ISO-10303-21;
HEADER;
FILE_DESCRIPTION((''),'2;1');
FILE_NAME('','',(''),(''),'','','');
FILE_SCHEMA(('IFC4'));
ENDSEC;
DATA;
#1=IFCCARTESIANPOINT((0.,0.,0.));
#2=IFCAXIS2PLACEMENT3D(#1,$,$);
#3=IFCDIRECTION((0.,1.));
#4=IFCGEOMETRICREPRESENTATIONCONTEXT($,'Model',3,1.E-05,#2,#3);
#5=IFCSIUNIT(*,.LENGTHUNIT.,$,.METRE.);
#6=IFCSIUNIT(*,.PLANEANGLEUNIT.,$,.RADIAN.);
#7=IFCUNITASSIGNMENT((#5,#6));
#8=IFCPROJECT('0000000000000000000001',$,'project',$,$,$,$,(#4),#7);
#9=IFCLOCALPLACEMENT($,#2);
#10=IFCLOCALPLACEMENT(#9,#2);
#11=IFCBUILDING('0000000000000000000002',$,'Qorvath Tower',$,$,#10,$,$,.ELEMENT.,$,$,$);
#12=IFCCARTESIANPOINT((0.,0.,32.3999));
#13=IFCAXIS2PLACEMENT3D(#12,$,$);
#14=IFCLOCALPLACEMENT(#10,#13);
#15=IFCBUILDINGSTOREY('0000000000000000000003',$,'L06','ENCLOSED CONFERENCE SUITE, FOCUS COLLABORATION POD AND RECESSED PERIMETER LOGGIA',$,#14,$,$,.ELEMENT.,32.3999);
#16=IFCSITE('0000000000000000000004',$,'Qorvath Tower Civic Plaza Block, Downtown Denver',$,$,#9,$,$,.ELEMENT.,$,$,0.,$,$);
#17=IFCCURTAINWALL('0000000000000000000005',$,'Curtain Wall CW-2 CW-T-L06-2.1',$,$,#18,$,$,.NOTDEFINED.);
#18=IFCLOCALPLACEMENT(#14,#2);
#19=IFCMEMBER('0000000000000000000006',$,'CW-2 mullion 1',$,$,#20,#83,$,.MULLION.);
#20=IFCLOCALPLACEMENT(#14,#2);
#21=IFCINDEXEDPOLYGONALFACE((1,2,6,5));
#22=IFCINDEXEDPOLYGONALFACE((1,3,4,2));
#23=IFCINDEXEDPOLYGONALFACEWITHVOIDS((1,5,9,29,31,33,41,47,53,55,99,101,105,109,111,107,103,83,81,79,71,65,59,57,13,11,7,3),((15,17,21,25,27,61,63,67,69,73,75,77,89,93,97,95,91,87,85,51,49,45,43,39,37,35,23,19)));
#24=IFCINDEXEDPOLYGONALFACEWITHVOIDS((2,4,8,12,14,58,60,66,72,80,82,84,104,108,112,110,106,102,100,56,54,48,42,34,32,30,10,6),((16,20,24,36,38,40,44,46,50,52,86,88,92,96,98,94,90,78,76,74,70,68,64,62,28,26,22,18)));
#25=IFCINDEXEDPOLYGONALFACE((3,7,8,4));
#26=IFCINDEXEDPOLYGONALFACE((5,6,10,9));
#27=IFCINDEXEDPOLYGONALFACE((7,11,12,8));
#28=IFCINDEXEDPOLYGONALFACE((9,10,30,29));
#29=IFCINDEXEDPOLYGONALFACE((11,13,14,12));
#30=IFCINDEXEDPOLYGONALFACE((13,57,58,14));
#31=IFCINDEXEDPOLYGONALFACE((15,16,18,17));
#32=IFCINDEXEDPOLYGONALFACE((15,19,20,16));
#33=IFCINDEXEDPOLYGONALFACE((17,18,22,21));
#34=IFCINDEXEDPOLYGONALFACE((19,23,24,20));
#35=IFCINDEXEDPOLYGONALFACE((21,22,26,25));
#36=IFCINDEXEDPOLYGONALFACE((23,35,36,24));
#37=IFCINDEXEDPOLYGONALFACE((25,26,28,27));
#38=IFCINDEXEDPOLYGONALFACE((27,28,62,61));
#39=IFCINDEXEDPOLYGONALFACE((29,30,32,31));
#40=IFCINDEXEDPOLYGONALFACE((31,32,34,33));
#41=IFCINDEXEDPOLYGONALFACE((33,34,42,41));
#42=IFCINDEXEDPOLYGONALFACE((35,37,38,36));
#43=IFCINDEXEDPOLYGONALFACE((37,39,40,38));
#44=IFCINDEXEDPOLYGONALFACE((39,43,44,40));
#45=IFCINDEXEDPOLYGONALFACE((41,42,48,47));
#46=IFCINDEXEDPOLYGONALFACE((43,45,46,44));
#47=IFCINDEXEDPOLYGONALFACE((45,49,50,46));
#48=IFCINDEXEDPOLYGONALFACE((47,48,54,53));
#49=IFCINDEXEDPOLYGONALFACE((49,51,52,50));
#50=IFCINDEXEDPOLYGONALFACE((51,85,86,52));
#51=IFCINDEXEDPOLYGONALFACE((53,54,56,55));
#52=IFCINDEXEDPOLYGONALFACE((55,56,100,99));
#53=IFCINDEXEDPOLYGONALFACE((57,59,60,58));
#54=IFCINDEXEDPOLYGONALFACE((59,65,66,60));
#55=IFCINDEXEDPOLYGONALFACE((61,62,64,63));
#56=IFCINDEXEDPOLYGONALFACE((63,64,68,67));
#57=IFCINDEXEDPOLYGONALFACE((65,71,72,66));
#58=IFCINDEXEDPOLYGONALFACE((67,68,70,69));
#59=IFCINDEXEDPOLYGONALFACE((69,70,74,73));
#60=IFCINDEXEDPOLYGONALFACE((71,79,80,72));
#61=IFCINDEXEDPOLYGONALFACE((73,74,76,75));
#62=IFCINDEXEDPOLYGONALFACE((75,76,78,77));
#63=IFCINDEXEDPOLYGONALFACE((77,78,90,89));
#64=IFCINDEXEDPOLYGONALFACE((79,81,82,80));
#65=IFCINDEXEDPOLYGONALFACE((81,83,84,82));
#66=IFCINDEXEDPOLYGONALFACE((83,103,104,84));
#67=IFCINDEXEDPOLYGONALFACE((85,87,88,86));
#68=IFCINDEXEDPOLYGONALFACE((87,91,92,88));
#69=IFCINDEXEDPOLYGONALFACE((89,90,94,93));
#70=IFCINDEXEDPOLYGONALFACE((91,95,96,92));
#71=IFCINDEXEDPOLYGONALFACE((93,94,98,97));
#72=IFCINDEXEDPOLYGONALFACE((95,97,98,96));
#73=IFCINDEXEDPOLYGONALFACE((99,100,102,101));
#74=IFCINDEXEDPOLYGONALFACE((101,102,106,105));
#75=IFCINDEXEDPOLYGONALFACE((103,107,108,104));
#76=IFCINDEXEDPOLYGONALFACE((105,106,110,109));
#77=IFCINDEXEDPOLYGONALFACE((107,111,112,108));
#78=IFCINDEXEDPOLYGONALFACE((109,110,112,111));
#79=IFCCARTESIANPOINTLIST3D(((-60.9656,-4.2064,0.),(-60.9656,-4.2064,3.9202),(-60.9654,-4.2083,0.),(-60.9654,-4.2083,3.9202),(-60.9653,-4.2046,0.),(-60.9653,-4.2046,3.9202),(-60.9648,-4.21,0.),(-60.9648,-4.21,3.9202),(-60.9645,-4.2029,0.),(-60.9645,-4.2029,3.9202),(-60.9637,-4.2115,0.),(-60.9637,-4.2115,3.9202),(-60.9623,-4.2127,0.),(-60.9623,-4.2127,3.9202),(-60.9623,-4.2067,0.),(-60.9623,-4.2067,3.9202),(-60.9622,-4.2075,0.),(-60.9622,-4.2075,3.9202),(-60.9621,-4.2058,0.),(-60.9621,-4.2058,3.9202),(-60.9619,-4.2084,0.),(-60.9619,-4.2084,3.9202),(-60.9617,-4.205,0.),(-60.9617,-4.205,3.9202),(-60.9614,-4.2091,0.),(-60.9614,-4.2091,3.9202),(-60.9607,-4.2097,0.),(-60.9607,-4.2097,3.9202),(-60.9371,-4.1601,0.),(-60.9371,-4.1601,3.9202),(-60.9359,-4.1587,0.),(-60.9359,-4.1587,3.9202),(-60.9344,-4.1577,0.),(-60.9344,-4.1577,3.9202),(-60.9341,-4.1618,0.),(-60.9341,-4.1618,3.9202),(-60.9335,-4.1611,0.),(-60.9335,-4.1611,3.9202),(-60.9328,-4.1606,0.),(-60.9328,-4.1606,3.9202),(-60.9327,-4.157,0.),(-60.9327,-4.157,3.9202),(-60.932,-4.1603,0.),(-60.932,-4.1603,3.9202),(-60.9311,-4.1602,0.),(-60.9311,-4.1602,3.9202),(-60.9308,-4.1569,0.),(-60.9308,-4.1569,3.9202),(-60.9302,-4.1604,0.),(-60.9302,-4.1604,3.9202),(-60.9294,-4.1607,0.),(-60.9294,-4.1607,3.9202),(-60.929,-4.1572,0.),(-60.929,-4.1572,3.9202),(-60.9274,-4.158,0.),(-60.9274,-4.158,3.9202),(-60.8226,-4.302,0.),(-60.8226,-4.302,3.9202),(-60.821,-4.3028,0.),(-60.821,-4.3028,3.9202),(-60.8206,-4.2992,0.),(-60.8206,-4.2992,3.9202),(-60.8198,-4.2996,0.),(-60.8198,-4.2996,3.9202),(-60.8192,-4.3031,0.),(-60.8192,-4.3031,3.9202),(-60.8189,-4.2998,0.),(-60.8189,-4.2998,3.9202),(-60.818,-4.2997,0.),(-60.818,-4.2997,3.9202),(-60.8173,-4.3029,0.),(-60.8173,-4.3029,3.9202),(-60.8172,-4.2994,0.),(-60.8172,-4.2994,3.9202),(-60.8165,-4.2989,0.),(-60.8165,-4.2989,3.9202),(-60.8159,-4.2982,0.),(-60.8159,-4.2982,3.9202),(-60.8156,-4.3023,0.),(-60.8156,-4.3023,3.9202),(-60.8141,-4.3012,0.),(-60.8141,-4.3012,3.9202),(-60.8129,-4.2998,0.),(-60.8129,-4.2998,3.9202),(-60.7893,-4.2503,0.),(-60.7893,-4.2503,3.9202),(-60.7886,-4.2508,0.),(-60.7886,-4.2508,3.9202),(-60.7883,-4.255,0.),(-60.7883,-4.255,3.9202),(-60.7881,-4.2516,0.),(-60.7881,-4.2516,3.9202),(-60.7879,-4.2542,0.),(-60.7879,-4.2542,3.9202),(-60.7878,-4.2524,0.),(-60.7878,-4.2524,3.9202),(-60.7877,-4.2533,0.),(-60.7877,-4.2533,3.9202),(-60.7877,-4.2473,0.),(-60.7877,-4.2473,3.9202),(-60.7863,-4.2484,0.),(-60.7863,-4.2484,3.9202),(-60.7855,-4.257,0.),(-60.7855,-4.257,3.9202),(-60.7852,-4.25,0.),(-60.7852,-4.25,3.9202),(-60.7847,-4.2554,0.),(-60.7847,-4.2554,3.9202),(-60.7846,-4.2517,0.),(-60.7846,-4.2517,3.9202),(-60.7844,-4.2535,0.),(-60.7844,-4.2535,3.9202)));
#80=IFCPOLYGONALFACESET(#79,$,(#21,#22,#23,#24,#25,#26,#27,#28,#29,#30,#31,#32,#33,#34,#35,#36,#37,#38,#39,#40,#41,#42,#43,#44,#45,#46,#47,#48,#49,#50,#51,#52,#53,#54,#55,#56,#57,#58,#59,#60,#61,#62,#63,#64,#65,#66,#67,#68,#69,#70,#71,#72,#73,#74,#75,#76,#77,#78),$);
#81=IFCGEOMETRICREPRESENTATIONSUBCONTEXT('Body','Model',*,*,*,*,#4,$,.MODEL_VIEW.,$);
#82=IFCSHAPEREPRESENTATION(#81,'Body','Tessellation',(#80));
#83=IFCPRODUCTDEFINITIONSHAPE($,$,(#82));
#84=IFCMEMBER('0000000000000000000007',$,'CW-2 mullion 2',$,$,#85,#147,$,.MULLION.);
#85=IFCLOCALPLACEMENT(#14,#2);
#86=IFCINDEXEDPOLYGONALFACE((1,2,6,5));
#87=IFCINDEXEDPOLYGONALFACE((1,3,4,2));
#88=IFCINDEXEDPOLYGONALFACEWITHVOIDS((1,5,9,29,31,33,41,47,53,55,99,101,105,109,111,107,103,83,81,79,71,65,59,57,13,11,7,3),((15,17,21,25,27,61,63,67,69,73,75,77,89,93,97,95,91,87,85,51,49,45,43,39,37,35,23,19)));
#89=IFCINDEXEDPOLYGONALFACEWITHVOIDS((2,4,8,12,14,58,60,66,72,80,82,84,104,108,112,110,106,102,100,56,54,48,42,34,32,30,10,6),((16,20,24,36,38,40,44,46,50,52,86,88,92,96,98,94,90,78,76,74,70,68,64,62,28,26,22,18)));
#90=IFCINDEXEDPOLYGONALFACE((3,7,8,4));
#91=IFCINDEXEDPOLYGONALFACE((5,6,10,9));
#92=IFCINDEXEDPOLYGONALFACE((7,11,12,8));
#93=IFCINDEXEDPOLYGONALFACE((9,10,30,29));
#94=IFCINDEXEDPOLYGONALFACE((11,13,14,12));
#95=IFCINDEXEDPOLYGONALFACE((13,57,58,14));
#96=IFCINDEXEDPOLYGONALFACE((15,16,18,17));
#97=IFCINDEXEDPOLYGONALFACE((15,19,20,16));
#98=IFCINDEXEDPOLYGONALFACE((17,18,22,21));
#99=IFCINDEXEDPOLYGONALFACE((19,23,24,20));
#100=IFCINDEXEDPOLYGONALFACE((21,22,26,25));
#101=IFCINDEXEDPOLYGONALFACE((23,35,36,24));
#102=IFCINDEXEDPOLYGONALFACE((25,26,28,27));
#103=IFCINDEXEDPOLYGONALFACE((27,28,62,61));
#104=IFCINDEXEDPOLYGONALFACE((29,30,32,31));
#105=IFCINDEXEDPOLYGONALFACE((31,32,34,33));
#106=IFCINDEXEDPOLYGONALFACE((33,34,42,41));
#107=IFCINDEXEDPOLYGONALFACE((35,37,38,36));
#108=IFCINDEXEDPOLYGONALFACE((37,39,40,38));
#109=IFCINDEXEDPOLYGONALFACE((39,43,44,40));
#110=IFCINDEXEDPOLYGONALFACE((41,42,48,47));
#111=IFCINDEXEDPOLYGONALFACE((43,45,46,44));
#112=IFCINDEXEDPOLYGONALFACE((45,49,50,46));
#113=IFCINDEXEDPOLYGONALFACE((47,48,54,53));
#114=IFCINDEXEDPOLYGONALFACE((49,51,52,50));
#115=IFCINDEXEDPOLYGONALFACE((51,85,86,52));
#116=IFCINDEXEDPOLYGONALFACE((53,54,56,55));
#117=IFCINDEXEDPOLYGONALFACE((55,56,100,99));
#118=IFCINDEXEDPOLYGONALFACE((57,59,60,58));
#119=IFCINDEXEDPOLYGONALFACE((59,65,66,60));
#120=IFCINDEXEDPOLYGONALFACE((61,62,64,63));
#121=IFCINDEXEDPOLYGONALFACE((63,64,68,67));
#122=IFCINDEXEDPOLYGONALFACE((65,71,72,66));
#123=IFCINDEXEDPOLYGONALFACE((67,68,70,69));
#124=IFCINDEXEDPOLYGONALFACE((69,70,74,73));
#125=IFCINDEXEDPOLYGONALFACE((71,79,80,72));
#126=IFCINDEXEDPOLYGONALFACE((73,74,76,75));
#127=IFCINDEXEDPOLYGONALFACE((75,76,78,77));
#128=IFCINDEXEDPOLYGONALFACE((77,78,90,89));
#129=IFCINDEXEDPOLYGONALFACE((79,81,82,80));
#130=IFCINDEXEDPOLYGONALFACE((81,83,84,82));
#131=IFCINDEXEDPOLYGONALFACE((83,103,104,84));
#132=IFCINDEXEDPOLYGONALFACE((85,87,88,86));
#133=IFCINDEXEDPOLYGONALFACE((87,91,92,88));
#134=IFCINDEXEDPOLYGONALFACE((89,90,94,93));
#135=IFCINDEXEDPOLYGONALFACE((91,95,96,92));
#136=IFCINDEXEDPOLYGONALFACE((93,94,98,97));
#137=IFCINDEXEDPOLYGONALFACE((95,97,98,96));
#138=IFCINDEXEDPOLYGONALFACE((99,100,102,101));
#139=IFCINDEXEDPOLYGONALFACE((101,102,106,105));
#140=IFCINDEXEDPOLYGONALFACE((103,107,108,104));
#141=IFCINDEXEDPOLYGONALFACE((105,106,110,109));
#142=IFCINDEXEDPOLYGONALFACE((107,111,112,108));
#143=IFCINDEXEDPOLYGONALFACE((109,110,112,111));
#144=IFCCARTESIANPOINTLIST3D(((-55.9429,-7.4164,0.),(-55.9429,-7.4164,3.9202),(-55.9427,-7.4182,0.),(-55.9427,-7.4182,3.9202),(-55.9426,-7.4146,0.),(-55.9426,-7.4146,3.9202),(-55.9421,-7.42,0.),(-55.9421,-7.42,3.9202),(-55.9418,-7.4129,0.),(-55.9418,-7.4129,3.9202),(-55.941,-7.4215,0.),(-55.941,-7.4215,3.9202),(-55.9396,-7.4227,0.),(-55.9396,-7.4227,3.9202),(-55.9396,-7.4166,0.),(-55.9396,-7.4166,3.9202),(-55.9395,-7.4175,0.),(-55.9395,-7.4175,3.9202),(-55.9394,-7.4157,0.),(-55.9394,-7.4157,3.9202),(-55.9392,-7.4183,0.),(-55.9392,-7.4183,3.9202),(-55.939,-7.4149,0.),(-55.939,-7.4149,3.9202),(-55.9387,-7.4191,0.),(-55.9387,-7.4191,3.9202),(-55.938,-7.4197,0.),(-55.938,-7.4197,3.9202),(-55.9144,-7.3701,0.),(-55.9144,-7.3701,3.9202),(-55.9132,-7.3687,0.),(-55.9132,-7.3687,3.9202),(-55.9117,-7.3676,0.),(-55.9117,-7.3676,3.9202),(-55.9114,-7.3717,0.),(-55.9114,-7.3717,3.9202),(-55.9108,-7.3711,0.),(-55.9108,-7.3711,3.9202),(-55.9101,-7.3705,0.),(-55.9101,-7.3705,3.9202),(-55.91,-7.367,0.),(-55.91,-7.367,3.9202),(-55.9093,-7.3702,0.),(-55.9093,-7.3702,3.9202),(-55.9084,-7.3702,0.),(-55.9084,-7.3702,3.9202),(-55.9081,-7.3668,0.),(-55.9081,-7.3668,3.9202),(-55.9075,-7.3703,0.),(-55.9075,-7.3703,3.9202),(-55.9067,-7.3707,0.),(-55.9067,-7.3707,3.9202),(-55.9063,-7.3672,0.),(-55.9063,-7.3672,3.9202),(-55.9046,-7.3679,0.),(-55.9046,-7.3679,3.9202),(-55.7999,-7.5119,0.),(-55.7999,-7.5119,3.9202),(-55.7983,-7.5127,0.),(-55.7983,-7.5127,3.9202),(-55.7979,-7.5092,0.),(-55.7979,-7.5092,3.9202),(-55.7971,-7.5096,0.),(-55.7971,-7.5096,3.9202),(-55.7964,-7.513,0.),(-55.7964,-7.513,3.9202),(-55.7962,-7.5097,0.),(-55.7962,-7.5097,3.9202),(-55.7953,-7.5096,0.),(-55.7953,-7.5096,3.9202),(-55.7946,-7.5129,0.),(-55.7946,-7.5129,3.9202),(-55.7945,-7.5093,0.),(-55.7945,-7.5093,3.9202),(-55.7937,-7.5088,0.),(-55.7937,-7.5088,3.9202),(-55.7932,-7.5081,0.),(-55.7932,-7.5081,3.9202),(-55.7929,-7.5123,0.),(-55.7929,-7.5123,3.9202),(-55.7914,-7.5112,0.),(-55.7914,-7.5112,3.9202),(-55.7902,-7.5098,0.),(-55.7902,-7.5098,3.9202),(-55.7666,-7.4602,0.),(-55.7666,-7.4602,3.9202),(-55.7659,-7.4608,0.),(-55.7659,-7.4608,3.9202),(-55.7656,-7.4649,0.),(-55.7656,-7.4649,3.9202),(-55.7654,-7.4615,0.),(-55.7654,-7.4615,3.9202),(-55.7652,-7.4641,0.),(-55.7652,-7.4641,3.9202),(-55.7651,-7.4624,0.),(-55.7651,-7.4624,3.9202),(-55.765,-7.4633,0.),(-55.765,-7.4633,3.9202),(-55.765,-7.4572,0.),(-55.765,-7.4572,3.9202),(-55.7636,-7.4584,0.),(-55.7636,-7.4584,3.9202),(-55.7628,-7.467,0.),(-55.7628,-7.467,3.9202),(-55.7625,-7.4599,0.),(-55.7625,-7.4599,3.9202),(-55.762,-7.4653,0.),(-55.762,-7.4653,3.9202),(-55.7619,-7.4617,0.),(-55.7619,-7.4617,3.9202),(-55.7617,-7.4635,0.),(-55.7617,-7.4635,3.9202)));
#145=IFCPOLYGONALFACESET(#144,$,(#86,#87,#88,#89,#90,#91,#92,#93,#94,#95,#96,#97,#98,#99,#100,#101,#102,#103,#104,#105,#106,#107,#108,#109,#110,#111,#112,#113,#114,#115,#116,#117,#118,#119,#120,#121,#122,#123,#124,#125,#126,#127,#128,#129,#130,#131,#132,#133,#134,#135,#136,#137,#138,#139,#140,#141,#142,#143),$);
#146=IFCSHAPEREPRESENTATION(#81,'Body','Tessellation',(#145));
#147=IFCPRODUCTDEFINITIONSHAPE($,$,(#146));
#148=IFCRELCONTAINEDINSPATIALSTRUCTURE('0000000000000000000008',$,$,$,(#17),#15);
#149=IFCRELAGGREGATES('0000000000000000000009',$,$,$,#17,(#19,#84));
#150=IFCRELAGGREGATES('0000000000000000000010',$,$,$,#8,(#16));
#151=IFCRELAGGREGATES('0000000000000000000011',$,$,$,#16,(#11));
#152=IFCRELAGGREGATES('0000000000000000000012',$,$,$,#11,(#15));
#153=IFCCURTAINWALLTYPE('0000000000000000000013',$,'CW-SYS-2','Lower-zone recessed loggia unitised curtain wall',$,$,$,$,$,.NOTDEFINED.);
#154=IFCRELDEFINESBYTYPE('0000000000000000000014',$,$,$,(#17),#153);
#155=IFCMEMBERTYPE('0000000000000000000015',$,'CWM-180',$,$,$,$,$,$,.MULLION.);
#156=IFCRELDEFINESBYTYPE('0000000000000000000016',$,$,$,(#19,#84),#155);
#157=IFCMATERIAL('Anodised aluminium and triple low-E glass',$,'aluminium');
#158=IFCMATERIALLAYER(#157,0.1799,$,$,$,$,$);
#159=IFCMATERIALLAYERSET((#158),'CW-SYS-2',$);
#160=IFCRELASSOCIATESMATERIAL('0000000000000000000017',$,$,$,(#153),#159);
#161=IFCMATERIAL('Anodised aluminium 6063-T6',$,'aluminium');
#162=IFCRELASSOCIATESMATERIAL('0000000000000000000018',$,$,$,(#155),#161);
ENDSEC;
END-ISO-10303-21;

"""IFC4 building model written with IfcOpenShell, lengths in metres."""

from ifc_helpers import new_model, si_unit, direction, frame, origin, origin_2d, place, context, subcontext, project, spatial, hollow_rectangle, extrude, material, layer, layer_set, material_profile, profile_set, type_object, element, aggregate, save


model = new_model("IFC4")

# Units and contexts
model_context = context("Model", 3, precision=1e-05, world=origin(), true_north=direction((0.0, 1.0)))
body_context = subcontext(model_context, "Body", "Model", "MODEL_VIEW")
ifc_project = project(units=[si_unit("LENGTHUNIT", "METRE"), si_unit("PLANEANGLEUNIT", "RADIAN")], contexts=[model_context])

# Site, building, storey
site_placement = place(None, origin())
site = spatial("IfcSite", under=ifc_project, at=site_placement, Name="Qorvath Tower Civic Plaza Block, Downtown Denver", CompositionType="ELEMENT", RefElevation=0.0)
building_placement = place(site_placement, origin())
building = spatial("IfcBuilding", under=site, at=building_placement, Name="Qorvath Tower", CompositionType="ELEMENT")
storey_placement = place(building_placement, frame((0.0, 0.0, 32.3999)))
storey = spatial("IfcBuildingStorey", under=building, at=storey_placement, Name="L06", Description="ENCLOSED CONFERENCE SUITE, FOCUS COLLABORATION POD AND RECESSED PERIMETER LOGGIA", CompositionType="ELEMENT", Elevation=32.3999)

# Curtain wall, members
ifc_material_1 = material(Name="Anodised aluminium and triple low-E glass", Category="aluminium")
ifc_layer_1 = layer(ifc_material_1, 0.1799)
ifc_layer_set_1 = layer_set([ifc_layer_1], Name="CW-SYS-2")
curtain_wall_type = type_object("IfcCurtainWallType", Name="CW-SYS-2", Description="Lower-zone recessed loggia unitised curtain wall", PredefinedType="NOTDEFINED", material=ifc_layer_set_1)
curtain_wall_placement = place(storey_placement, origin())
curtain_wall = element("IfcCurtainWall", 1, at=curtain_wall_placement, inside=storey, type_object=curtain_wall_type, Name="Curtain Wall CW-2 CW-T-L06-2.1", PredefinedType="NOTDEFINED")
ifc_material_2 = material(Name="Anodised aluminium 6063-T6", Category="aluminium")
ifc_material_profile_1 = material_profile(ifc_material_2, hollow_rectangle(XDim=0.0649, YDim=0.1799, WallThickness=0.0034, InnerFilletRadius=0.0034, OuterFilletRadius=0.0071, at=origin_2d()), Name="CWM 180x65")
ifc_profile_set_1 = profile_set([ifc_material_profile_1], Name="Anodised aluminium 6063-T6")
member_type_1 = type_object("IfcMemberType", Name="CWM-180", PredefinedType="MULLION", material=ifc_profile_set_1)
member_1_placement = place(storey_placement, frame((-60.875, -4.23, 0.0), z_axis=(0.0, 0.0, 1.0), x_axis=(0.538529, 0.842607, 0.0)))
member_1 = element("IfcMember", 2, at=member_1_placement, type_object=member_type_1, Name="CW-2 mullion 1", PredefinedType="MULLION", context=body_context, shape_type="SweptSolid", body=[
    extrude(hollow_rectangle(XDim=0.0649, YDim=0.1799, WallThickness=0.0034, InnerFilletRadius=0.0034, OuterFilletRadius=0.0071, at=origin_2d()), origin(), (0.0, 0.0, 1.0), 3.9202),
])
member_2_placement = place(storey_placement, frame((-55.8523, -7.4399, 0.0), z_axis=(0.0, 0.0, 1.0), x_axis=(0.538529, 0.842607, 0.0)))
member_2 = element("IfcMember", 3, at=member_2_placement, type_object=member_type_1, Name="CW-2 mullion 2", PredefinedType="MULLION", context=body_context, shape_type="SweptSolid", body=[
    extrude(hollow_rectangle(XDim=0.0649, YDim=0.1799, WallThickness=0.0034, InnerFilletRadius=0.0034, OuterFilletRadius=0.0071, at=origin_2d()), origin(), (0.0, 0.0, 1.0), 3.9202),
])
aggregate(curtain_wall, [member_1, member_2])

save(model, "model.ifc")
